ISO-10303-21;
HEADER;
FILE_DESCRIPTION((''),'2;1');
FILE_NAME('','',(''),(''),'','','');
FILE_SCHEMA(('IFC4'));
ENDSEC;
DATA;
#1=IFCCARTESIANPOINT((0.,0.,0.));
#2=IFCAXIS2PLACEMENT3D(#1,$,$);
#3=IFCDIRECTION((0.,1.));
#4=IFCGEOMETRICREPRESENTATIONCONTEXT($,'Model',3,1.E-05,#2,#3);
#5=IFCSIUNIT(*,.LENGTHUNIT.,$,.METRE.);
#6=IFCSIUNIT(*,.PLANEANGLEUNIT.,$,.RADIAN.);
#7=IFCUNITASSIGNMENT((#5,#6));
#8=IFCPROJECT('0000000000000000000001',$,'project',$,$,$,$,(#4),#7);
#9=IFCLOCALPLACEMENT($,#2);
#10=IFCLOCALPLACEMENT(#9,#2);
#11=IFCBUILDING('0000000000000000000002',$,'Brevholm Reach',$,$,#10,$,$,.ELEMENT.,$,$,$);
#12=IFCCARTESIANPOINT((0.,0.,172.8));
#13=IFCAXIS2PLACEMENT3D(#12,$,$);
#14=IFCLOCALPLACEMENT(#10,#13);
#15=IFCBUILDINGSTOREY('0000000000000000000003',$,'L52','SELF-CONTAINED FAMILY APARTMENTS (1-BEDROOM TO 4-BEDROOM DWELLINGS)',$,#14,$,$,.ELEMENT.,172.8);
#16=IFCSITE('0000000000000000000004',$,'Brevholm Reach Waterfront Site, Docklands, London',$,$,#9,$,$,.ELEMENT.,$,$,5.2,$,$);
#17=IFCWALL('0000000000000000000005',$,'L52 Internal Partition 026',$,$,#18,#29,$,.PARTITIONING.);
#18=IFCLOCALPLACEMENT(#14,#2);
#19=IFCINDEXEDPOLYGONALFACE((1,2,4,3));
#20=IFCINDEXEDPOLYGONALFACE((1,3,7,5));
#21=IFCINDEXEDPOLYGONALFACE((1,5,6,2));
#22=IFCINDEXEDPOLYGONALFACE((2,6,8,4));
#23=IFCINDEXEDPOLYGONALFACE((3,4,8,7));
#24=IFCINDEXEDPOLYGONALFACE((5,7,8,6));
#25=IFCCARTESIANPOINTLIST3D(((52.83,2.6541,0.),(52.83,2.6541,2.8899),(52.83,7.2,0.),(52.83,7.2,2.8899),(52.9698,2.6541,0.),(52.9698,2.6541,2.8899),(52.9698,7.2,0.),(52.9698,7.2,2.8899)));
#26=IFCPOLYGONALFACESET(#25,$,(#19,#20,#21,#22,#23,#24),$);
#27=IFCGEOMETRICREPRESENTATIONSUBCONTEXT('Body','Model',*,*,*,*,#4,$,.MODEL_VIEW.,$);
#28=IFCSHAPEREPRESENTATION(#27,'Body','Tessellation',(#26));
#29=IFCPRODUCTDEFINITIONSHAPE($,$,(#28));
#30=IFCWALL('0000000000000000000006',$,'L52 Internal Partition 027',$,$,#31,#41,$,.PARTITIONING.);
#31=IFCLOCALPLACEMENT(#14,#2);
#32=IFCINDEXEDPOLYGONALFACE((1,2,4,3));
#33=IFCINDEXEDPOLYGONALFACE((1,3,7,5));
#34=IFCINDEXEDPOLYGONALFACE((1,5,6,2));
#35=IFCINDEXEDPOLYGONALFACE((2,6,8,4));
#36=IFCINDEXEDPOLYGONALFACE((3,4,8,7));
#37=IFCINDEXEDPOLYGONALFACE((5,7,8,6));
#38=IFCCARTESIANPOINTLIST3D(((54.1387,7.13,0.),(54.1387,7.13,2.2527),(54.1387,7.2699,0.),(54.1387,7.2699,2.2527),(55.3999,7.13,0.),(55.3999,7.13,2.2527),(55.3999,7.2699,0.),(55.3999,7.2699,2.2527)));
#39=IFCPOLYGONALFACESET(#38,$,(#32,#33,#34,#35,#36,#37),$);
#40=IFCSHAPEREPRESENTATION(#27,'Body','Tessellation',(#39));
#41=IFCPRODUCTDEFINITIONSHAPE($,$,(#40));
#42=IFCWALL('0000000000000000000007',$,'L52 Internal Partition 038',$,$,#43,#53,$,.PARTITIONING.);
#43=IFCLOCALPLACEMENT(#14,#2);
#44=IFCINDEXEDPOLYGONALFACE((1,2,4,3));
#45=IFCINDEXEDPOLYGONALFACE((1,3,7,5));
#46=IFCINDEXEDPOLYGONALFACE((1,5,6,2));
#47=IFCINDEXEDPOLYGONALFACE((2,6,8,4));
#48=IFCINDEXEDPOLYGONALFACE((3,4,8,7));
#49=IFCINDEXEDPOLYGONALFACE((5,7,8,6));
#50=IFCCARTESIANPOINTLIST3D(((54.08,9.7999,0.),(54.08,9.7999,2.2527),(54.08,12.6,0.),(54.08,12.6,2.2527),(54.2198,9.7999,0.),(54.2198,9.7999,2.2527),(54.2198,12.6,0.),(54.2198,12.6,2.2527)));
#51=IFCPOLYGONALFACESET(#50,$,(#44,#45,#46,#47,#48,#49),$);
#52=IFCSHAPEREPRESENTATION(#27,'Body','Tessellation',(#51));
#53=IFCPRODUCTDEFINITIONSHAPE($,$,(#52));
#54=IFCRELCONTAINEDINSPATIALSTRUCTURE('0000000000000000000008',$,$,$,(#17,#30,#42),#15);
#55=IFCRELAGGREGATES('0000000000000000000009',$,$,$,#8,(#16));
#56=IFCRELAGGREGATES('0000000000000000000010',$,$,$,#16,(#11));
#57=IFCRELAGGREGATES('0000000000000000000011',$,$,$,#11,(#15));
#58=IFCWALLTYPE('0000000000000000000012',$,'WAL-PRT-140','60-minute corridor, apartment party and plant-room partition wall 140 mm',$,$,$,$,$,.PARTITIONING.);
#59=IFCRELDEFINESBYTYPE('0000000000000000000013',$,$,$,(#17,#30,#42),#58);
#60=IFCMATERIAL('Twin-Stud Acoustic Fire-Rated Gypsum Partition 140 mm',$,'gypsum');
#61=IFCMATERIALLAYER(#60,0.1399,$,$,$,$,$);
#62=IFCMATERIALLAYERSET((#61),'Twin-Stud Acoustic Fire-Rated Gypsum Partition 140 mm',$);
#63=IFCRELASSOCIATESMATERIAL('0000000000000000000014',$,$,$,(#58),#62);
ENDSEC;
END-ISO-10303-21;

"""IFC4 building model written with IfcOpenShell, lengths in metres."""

from ifc_helpers import new_model, si_unit, direction, frame, frame_2d, origin, place, context, subcontext, project, spatial, rectangle, extrude, material, layer, layer_set, type_object, element, save


model = new_model("IFC4")

# Units and contexts
model_context = context("Model", 3, precision=1e-05, world=origin(), true_north=direction((0.0, 1.0)))
body_context = subcontext(model_context, "Body", "Model", "MODEL_VIEW")
ifc_project = project(units=[si_unit("LENGTHUNIT", "METRE"), si_unit("PLANEANGLEUNIT", "RADIAN")], contexts=[model_context])

# Site, building, storey
site_placement = place(None, origin())
site = spatial("IfcSite", under=ifc_project, at=site_placement, Name="Brevholm Reach Waterfront Site, Docklands, London", CompositionType="ELEMENT", RefElevation=5.2)
building_placement = place(site_placement, origin())
building = spatial("IfcBuilding", under=site, at=building_placement, Name="Brevholm Reach", CompositionType="ELEMENT")
storey_placement = place(building_placement, frame((0.0, 0.0, 172.8)))
storey = spatial("IfcBuildingStorey", under=building, at=storey_placement, Name="L52", Description="SELF-CONTAINED FAMILY APARTMENTS (1-BEDROOM TO 4-BEDROOM DWELLINGS)", CompositionType="ELEMENT", Elevation=172.8)

# Shared definitions
ifc_material_1 = material(Name="Twin-Stud Acoustic Fire-Rated Gypsum Partition 140 mm", Category="gypsum")
ifc_layer_1 = layer(ifc_material_1, 0.1399)
ifc_layer_set_1 = layer_set([ifc_layer_1], Name="Twin-Stud Acoustic Fire-Rated Gypsum Partition 140 mm")
wall_type_1 = type_object("IfcWallType", Name="WAL-PRT-140", Description="60-minute corridor, apartment party and plant-room partition wall 140 mm", PredefinedType="PARTITIONING", material=ifc_layer_set_1)

# Walls
wall_1_placement = place(storey_placement, frame((52.8999, 2.6541, 0.0), z_axis=(0.0, 0.0, 1.0), x_axis=(0.0, 1.0, 0.0)))
element("IfcWall", 1, at=wall_1_placement, inside=storey, type_object=wall_type_1, Name="L52 Internal Partition 026", PredefinedType="PARTITIONING", context=body_context, shape_type="SweptSolid", body=[
    extrude(rectangle(XDim=4.5459, YDim=0.1399, at=frame_2d((2.2729, 0.0))), origin(), (0.0, 0.0, 1.0), 2.8899),
])
wall_2_placement = place(storey_placement, frame((54.1387, 7.2, 0.0), z_axis=(0.0, 0.0, 1.0), x_axis=(1.0, 0.0, 0.0)))
element("IfcWall", 2, at=wall_2_placement, inside=storey, type_object=wall_type_1, Name="L52 Internal Partition 027", PredefinedType="PARTITIONING", context=body_context, shape_type="SweptSolid", body=[
    extrude(rectangle(XDim=1.2612, YDim=0.1399, at=frame_2d((0.6306, 0.0))), origin(), (0.0, 0.0, 1.0), 2.2527),
])
wall_3_placement = place(storey_placement, frame((54.1499, 9.8, 0.0), z_axis=(0.0, 0.0, 1.0), x_axis=(0.0, 1.0, 0.0)))
element("IfcWall", 3, at=wall_3_placement, inside=storey, type_object=wall_type_1, Name="L52 Internal Partition 038", PredefinedType="PARTITIONING", context=body_context, shape_type="SweptSolid", body=[
    extrude(rectangle(XDim=2.8, YDim=0.1399, at=frame_2d((1.3999, 0.0))), origin(), (0.0, 0.0, 1.0), 2.2527),
])

save(model, "model.ifc")
